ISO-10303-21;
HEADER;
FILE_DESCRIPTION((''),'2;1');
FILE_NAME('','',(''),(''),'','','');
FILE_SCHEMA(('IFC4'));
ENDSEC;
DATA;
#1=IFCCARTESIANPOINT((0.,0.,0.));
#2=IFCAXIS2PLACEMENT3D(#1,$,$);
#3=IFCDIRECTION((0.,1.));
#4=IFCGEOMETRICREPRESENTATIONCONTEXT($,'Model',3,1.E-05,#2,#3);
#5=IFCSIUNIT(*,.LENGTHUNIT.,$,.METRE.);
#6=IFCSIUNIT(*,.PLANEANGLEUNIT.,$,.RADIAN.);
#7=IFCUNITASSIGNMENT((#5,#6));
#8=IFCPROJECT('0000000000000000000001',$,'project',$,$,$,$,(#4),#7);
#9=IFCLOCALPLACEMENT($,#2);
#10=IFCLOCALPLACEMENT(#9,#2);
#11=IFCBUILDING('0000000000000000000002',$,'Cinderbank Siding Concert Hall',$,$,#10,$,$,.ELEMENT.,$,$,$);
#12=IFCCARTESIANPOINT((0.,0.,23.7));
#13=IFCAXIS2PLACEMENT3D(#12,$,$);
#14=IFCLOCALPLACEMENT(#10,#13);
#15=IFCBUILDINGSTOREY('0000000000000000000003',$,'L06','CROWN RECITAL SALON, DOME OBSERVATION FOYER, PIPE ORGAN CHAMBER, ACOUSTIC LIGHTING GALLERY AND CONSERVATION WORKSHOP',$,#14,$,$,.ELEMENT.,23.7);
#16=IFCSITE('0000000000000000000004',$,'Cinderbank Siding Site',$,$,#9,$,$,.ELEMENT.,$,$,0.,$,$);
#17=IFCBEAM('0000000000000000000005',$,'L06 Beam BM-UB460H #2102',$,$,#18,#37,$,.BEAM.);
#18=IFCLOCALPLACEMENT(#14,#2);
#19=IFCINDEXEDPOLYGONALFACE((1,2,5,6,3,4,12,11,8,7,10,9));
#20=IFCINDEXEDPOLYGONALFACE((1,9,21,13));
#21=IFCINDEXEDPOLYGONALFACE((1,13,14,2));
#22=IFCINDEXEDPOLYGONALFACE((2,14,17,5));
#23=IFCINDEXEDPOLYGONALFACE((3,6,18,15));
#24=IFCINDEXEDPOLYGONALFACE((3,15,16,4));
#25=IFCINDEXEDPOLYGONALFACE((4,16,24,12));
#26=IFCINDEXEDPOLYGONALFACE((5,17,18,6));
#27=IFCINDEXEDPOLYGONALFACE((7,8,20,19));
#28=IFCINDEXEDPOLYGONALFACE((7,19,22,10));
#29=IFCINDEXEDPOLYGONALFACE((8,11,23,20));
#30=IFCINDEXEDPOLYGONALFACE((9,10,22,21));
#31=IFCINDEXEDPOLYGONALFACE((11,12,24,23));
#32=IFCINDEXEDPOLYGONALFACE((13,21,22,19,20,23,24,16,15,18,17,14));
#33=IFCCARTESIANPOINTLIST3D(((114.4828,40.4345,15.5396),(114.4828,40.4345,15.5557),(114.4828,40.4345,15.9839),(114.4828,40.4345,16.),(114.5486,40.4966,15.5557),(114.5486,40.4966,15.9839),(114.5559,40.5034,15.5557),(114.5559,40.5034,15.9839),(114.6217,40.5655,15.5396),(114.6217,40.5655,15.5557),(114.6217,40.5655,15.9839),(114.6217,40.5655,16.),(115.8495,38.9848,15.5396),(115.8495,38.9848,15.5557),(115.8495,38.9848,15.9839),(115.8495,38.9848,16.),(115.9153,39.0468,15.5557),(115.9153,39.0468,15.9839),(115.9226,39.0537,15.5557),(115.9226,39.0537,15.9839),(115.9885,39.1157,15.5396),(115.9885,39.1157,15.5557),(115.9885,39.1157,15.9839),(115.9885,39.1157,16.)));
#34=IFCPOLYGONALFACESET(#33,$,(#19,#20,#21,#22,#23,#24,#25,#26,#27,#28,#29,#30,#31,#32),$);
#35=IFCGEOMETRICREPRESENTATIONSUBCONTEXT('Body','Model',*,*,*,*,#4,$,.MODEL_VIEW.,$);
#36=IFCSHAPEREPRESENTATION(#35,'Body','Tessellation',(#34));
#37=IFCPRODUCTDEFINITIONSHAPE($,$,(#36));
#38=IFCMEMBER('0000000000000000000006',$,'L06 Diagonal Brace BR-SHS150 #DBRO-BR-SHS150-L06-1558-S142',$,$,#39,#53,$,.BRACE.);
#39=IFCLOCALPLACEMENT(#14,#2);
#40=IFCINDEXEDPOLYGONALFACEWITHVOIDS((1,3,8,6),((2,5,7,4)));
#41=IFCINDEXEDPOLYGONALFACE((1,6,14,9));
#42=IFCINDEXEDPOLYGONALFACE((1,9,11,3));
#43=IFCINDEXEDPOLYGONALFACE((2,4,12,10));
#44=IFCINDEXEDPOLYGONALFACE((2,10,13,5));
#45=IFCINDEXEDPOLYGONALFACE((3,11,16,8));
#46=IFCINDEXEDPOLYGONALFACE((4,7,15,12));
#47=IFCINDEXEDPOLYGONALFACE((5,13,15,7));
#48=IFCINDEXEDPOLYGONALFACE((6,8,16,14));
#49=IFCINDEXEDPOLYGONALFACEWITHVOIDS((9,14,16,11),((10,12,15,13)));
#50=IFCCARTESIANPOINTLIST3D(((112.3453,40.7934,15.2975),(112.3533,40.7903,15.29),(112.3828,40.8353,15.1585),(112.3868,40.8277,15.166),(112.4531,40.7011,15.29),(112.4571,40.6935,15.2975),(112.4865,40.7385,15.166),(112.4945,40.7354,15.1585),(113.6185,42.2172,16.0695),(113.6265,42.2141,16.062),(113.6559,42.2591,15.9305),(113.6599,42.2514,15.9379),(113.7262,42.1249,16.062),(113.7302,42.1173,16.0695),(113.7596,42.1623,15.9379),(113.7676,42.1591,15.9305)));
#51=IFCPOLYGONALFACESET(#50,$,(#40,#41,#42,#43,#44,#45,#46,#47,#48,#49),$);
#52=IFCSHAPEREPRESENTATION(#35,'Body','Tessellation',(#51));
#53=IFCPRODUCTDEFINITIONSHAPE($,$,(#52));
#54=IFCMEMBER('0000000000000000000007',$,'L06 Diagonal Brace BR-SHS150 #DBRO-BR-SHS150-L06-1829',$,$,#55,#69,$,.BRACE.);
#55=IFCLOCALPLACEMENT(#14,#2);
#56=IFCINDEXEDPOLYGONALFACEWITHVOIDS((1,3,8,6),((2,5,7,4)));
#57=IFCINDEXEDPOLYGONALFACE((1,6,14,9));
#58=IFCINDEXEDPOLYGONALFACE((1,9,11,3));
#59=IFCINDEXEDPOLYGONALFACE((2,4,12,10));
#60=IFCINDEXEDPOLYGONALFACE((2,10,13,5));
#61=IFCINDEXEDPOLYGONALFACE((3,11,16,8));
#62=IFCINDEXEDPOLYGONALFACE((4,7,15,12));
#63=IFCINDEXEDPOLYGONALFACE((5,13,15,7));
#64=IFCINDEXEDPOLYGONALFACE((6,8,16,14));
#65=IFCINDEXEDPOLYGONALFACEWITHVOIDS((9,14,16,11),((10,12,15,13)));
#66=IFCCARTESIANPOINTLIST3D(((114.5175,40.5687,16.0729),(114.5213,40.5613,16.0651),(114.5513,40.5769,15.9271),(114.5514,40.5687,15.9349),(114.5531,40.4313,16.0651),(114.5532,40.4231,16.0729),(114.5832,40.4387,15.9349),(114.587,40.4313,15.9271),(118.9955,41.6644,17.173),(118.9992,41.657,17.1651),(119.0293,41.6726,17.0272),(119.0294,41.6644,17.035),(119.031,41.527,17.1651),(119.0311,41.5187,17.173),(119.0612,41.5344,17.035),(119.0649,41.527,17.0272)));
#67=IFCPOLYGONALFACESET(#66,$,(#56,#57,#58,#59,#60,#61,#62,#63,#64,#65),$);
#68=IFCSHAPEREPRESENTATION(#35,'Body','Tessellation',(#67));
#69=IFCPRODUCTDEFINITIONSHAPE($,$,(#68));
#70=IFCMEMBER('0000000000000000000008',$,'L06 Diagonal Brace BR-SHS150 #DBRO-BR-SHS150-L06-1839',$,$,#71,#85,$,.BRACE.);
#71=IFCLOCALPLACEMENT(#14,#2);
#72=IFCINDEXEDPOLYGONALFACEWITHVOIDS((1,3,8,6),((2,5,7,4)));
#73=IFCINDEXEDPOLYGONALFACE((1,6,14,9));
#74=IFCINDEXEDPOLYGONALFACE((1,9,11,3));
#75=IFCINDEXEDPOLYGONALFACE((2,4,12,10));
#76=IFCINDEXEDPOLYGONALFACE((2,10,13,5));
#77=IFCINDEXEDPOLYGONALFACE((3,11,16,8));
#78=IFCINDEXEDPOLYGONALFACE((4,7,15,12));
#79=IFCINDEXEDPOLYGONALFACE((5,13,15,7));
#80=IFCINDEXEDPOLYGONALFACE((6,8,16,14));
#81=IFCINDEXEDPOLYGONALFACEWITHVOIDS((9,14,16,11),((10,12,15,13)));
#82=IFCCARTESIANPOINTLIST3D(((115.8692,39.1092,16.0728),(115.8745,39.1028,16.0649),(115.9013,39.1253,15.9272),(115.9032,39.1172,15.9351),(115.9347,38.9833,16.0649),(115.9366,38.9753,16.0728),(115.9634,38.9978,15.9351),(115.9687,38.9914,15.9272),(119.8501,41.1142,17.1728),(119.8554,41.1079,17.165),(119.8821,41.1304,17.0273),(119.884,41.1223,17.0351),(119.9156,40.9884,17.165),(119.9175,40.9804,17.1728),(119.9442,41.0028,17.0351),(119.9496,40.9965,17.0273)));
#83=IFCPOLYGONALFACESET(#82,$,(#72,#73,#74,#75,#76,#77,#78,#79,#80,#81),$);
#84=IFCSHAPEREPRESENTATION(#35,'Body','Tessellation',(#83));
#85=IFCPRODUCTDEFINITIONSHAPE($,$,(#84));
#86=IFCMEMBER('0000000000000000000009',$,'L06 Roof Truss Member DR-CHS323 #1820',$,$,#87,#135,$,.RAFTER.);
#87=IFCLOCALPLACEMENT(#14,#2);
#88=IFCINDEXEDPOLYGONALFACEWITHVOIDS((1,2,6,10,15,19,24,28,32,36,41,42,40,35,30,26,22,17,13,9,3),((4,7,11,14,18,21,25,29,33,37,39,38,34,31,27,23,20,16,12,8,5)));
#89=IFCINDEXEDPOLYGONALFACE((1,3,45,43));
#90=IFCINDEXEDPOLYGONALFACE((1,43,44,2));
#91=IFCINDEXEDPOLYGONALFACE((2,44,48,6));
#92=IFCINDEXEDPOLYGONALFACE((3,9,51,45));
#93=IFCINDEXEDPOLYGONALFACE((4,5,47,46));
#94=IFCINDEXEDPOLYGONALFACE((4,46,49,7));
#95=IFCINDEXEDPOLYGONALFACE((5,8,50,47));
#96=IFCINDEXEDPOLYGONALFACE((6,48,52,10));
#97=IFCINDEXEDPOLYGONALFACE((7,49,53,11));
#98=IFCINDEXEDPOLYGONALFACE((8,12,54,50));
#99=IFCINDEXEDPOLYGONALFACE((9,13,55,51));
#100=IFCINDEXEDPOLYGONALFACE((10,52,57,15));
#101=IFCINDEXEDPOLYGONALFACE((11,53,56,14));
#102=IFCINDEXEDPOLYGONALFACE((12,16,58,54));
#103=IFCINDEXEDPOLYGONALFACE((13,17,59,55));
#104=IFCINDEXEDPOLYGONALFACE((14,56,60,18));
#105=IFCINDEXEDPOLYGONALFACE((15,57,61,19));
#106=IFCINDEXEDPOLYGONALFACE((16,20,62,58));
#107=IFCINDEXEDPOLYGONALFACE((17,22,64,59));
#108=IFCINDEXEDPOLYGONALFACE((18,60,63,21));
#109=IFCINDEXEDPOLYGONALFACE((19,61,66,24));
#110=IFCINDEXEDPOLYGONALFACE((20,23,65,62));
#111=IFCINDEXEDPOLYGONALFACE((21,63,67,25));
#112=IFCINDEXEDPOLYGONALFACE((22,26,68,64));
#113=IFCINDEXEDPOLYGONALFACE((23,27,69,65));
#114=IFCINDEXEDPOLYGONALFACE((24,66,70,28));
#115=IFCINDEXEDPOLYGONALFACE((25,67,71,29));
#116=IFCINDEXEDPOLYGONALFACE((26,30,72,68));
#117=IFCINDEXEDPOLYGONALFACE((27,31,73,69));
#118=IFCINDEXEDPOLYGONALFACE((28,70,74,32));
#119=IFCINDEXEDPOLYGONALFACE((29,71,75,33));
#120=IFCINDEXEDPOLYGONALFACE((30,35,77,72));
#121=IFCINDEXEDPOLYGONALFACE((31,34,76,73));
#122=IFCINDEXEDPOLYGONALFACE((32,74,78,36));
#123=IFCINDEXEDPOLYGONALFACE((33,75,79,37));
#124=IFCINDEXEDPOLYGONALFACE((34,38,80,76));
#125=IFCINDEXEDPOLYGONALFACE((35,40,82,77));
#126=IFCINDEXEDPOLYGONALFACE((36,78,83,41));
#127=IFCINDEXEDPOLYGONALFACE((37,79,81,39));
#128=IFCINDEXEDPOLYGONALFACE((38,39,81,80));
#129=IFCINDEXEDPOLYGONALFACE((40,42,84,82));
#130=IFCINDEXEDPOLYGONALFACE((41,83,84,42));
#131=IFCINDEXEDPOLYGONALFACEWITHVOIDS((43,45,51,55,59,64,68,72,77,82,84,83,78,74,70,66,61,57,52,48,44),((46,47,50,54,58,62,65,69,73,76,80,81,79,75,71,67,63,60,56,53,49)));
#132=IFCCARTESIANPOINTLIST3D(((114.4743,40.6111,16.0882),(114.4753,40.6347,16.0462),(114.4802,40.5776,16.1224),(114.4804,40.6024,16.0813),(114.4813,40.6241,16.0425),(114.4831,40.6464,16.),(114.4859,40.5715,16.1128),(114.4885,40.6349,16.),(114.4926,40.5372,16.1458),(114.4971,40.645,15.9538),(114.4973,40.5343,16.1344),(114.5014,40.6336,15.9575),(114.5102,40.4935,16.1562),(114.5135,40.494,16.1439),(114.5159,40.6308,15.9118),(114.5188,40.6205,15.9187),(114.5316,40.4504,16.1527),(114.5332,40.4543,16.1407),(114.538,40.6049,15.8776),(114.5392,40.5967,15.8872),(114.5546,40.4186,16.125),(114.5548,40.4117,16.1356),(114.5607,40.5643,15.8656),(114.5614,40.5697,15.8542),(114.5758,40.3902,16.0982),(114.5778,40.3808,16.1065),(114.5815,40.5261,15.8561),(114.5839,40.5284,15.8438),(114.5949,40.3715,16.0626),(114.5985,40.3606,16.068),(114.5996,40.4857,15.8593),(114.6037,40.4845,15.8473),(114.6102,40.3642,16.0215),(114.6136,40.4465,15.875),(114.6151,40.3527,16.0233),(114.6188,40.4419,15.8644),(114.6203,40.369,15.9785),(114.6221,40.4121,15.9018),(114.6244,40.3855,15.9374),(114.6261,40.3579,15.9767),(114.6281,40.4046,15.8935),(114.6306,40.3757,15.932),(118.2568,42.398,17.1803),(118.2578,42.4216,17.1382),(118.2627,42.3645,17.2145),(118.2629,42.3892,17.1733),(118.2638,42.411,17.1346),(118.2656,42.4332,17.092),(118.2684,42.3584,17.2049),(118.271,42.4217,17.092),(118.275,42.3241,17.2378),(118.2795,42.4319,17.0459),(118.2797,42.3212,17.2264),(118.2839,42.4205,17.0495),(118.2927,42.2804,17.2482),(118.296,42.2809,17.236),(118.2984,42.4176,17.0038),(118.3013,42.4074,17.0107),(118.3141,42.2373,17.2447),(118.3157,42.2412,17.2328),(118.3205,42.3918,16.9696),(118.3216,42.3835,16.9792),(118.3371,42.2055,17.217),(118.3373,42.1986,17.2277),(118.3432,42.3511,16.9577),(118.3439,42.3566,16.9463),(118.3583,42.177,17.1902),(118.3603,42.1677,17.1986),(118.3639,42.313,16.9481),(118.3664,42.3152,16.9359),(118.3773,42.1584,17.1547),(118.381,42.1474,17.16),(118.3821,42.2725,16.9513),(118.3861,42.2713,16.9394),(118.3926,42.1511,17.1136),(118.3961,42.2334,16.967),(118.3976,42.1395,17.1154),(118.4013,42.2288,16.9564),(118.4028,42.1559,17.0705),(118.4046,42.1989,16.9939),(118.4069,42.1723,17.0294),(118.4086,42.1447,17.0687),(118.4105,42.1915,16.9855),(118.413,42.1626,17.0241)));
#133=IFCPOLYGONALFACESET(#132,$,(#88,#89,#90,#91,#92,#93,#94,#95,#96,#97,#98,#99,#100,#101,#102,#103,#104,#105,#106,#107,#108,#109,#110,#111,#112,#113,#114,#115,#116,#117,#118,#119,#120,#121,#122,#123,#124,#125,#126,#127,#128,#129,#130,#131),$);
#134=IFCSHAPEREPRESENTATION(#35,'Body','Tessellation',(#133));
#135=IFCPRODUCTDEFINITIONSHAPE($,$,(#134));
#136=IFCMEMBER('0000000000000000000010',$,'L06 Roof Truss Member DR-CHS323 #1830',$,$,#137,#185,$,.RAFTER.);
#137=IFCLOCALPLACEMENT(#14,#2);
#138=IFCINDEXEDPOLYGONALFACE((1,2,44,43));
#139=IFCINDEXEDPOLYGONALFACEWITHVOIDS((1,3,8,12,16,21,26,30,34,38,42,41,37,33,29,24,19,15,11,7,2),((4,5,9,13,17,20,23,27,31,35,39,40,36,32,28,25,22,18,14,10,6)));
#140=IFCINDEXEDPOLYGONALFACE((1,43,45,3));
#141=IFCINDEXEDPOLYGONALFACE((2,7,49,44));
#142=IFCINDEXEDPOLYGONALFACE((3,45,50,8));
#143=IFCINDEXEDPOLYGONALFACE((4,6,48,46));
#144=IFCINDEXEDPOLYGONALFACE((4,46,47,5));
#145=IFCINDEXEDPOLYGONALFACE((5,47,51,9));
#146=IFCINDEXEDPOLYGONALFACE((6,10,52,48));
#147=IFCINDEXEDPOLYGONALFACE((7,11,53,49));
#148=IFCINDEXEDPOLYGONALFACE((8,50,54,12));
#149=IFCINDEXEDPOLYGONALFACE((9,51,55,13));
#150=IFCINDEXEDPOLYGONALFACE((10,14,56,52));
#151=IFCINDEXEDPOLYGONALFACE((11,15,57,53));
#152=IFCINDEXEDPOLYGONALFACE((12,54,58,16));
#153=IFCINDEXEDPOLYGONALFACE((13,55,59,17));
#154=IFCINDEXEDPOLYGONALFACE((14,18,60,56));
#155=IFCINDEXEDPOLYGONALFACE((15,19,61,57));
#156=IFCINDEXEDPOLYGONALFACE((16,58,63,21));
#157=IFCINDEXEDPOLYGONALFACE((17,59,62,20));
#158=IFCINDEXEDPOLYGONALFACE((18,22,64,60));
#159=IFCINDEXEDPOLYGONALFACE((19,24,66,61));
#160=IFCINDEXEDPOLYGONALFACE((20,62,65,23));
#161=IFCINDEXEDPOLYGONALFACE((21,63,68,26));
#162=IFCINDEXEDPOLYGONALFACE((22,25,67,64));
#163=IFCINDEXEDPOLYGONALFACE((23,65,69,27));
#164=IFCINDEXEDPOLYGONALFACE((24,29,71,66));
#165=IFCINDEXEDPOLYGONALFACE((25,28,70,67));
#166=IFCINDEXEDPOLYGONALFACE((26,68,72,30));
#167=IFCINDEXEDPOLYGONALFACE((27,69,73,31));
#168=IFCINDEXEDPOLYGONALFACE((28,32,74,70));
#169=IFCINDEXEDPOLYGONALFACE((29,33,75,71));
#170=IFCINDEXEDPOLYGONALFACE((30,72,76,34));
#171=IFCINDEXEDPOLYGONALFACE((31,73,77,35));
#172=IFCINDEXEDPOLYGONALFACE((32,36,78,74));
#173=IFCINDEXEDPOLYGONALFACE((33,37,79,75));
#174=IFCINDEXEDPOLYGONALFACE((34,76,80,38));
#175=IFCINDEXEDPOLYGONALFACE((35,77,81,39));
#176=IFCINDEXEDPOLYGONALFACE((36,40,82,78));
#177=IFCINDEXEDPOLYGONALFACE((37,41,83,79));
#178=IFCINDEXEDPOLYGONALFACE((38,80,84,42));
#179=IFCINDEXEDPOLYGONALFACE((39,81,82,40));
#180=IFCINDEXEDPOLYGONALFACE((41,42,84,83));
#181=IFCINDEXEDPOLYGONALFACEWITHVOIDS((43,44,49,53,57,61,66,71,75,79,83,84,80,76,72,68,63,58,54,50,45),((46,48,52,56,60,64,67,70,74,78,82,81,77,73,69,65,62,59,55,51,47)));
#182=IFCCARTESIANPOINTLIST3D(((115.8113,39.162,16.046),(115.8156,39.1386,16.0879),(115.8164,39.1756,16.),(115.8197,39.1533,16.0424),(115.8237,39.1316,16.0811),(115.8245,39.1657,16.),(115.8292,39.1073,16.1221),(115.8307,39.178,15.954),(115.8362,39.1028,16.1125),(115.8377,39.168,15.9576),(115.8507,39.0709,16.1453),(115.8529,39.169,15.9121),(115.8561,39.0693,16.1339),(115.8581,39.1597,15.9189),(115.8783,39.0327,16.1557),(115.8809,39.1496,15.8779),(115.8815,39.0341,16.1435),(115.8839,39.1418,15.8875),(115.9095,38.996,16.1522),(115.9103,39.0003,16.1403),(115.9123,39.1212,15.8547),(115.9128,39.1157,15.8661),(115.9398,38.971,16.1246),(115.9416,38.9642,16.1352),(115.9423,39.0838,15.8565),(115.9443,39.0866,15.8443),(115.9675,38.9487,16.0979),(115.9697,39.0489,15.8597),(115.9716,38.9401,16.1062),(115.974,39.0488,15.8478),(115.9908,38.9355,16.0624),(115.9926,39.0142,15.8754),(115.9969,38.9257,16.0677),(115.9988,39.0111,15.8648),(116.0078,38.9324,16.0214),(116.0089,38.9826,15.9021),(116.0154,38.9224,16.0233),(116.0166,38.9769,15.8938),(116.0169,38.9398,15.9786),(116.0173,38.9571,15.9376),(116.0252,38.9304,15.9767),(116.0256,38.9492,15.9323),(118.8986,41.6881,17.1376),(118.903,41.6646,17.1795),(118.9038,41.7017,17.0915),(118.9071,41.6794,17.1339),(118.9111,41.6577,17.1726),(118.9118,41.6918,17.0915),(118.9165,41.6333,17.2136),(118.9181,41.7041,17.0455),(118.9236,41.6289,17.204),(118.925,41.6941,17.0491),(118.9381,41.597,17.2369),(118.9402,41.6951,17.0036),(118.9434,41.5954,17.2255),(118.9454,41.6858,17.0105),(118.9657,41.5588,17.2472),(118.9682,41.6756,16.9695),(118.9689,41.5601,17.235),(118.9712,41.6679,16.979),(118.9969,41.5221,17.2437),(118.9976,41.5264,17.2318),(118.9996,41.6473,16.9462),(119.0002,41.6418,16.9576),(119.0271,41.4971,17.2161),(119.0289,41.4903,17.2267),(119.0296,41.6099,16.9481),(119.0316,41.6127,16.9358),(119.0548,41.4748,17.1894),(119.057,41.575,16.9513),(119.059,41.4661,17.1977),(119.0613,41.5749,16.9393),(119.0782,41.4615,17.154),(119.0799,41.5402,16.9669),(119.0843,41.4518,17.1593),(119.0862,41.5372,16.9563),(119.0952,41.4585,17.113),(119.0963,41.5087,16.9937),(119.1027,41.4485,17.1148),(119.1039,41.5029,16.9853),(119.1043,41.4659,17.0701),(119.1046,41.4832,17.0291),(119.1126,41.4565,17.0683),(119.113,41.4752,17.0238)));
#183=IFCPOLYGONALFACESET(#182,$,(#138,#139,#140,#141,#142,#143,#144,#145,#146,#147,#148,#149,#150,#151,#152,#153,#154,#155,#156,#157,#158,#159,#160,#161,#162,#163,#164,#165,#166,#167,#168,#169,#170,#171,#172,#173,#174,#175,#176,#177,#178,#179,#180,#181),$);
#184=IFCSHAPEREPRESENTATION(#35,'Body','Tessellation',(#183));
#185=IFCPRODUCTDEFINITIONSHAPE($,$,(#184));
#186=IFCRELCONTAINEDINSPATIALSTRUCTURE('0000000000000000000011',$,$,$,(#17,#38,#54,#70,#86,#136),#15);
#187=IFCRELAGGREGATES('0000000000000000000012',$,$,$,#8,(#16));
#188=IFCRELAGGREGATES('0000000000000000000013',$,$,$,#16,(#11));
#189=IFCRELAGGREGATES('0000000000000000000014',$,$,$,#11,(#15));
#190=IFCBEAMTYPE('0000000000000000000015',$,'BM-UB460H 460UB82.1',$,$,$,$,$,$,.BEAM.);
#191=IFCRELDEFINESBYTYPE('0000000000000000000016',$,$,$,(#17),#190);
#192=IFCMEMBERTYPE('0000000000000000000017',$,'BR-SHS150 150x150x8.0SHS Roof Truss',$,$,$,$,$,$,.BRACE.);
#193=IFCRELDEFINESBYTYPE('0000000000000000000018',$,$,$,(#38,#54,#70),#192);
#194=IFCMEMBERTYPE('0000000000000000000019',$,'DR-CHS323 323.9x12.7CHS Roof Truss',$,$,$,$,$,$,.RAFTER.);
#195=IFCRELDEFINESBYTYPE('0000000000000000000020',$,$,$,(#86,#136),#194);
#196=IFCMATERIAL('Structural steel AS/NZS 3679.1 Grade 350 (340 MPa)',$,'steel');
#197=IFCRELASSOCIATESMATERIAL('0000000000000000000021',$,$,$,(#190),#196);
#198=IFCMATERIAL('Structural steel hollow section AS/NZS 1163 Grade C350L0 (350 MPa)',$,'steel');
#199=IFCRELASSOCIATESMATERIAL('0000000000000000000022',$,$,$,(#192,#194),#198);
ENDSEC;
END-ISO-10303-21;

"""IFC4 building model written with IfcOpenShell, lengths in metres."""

from ifc_helpers import new_model, si_unit, direction, frame, origin, origin_2d, place, context, subcontext, project, spatial, hollow_rectangle, hollow_circle, i_section, extrude, material, material_profile, profile_set, type_object, element, save


model = new_model("IFC4")

# Units and contexts
model_context = context("Model", 3, precision=1e-05, world=origin(), true_north=direction((0.0, 1.0)))
body_context = subcontext(model_context, "Body", "Model", "MODEL_VIEW")
ifc_project = project(units=[si_unit("LENGTHUNIT", "METRE"), si_unit("PLANEANGLEUNIT", "RADIAN")], contexts=[model_context])

# Site, building, storey
site_placement = place(None, origin())
site = spatial("IfcSite", under=ifc_project, at=site_placement, Name="Cinderbank Siding Site", CompositionType="ELEMENT", RefElevation=0.0)
building_placement = place(site_placement, origin())
building = spatial("IfcBuilding", under=site, at=building_placement, Name="Cinderbank Siding Concert Hall", CompositionType="ELEMENT")
storey_placement = place(building_placement, frame((0.0, 0.0, 23.7)))
storey = spatial("IfcBuildingStorey", under=building, at=storey_placement, Name="L06", Description="CROWN RECITAL SALON, DOME OBSERVATION FOYER, PIPE ORGAN CHAMBER, ACOUSTIC LIGHTING GALLERY AND CONSERVATION WORKSHOP", CompositionType="ELEMENT", Elevation=23.7)

# Beam
ifc_material_1 = material(Name="Structural steel AS/NZS 3679.1 Grade 350 (340 MPa)", Category="steel")
ifc_material_profile_1 = material_profile(ifc_material_1, i_section(OverallWidth=0.1909, OverallDepth=0.4604, WebThickness=0.01, FlangeThickness=0.0161, at=origin_2d()), Name="460UB82.1", Category="LoadBearing")
ifc_profile_set_1 = profile_set([ifc_material_profile_1], Name="Structural steel AS/NZS 3679.1 Grade 350 (340 MPa)")
beam_type = type_object("IfcBeamType", Name="BM-UB460H 460UB82.1", PredefinedType="BEAM", material=ifc_profile_set_1)
beam_placement = place(storey_placement, frame((114.5522, 40.5, 15.7698), z_axis=(0.685968, -0.727631, 0.0), x_axis=(0.727631, 0.685968, 0.0)))
element("IfcBeam", 1, at=beam_placement, inside=storey, type_object=beam_type, Name="L06 Beam BM-UB460H #2102", PredefinedType="BEAM", context=body_context, shape_type="SweptSolid", body=[
    extrude(i_section(OverallWidth=0.1909, OverallDepth=0.4604, WebThickness=0.01, FlangeThickness=0.0161, at=origin_2d()), origin(), (0.0, 0.0, 1.0), 1.9924),
])

# Members
ifc_material_2 = material(Name="Structural steel hollow section AS/NZS 1163 Grade C350L0 (350 MPa)", Category="steel")
ifc_material_profile_2 = material_profile(ifc_material_2, hollow_rectangle(XDim=0.1499, YDim=0.1499, WallThickness=0.0081, at=origin_2d()), Name="150x150x8.0SHS", Category="LoadBearing")
ifc_profile_set_2 = profile_set([ifc_material_profile_2], Name="Structural steel hollow section AS/NZS 1163 Grade C350L0 (350 MPa)")
member_type_1 = type_object("IfcMemberType", Name="BR-SHS150 150x150x8.0SHS Roof Truss", PredefinedType="BRACE", material=ifc_profile_set_2)
member_1_placement = place(storey_placement, frame((112.4199, 40.7644, 15.228), z_axis=(0.618008, 0.691126, 0.374715), x_axis=(-0.745439, 0.666574, 0.0)))
element("IfcMember", 2, at=member_1_placement, inside=storey, type_object=member_type_1, Name="L06 Diagonal Brace BR-SHS150 #DBRO-BR-SHS150-L06-1558-S142", PredefinedType="BRACE", context=body_context, shape_type="SweptSolid", body=[
    extrude(hollow_rectangle(XDim=0.1499, YDim=0.1499, WallThickness=0.0081, at=origin_2d()), origin(), (0.0, 0.0, 1.0), 2.0601),
])
member_2_placement = place(storey_placement, frame((114.5522, 40.5, 16.0), z_axis=(0.944818, 0.231182, 0.232109), x_axis=(-0.237673, 0.971345, 0.0)))
element("IfcMember", 3, at=member_2_placement, inside=storey, type_object=member_type_1, Name="L06 Diagonal Brace BR-SHS150 #DBRO-BR-SHS150-L06-1829", PredefinedType="BRACE", context=body_context, shape_type="SweptSolid", body=[
    extrude(hollow_rectangle(XDim=0.1499, YDim=0.1499, WallThickness=0.0081, at=origin_2d()), origin(), (0.0, 0.0, 1.0), 4.7395),
])
member_3_placement = place(storey_placement, frame((115.9189, 39.0503, 16.0), z_axis=(0.867091, 0.436736, 0.239612), x_axis=(-0.449841, 0.893109, 0.0)))
element("IfcMember", 4, at=member_3_placement, inside=storey, type_object=member_type_1, Name="L06 Diagonal Brace BR-SHS150 #DBRO-BR-SHS150-L06-1839", PredefinedType="BRACE", context=body_context, shape_type="SweptSolid", body=[
    extrude(hollow_rectangle(XDim=0.1499, YDim=0.1499, WallThickness=0.0081, at=origin_2d()), origin(), (0.0, 0.0, 1.0), 4.5911),
])
ifc_material_profile_3 = material_profile(ifc_material_2, hollow_circle(Radius=0.1619, WallThickness=0.0127, at=origin_2d()), Name="323.9x12.7CHS", Category="LoadBearing")
ifc_profile_set_3 = profile_set([ifc_material_profile_3], Name="Structural steel hollow section AS/NZS 1163 Grade C350L0 (350 MPa)")
member_type_2 = type_object("IfcMemberType", Name="DR-CHS323 323.9x12.7CHS Roof Truss", PredefinedType="RAFTER", material=ifc_profile_set_3)
member_4_placement = place(storey_placement, frame((114.5522, 40.5, 16.0), z_axis=(0.874866, 0.413293, 0.252583), x_axis=(-0.427143, 0.904184, 0.0)))
element("IfcMember", 5, at=member_4_placement, inside=storey, type_object=member_type_2, Name="L06 Roof Truss Member DR-CHS323 #1820", PredefinedType="RAFTER", context=body_context, shape_type="SweptSolid", body=[
    extrude(hollow_circle(Radius=0.1619, WallThickness=0.0127, at=origin_2d()), origin(), (0.0, 0.0, 1.0), 4.3235),
])
member_5_placement = place(storey_placement, frame((115.9189, 39.0503, 16.0), z_axis=(0.746507, 0.610794, 0.263928), x_axis=(-0.633248, 0.773949, 0.0)))
element("IfcMember", 6, at=member_5_placement, inside=storey, type_object=member_type_2, Name="L06 Roof Truss Member DR-CHS323 #1830", PredefinedType="RAFTER", context=body_context, shape_type="SweptSolid", body=[
    extrude(hollow_circle(Radius=0.1619, WallThickness=0.0127, at=origin_2d()), origin(), (0.0, 0.0, 1.0), 4.1357),
])

save(model, "model.ifc")
